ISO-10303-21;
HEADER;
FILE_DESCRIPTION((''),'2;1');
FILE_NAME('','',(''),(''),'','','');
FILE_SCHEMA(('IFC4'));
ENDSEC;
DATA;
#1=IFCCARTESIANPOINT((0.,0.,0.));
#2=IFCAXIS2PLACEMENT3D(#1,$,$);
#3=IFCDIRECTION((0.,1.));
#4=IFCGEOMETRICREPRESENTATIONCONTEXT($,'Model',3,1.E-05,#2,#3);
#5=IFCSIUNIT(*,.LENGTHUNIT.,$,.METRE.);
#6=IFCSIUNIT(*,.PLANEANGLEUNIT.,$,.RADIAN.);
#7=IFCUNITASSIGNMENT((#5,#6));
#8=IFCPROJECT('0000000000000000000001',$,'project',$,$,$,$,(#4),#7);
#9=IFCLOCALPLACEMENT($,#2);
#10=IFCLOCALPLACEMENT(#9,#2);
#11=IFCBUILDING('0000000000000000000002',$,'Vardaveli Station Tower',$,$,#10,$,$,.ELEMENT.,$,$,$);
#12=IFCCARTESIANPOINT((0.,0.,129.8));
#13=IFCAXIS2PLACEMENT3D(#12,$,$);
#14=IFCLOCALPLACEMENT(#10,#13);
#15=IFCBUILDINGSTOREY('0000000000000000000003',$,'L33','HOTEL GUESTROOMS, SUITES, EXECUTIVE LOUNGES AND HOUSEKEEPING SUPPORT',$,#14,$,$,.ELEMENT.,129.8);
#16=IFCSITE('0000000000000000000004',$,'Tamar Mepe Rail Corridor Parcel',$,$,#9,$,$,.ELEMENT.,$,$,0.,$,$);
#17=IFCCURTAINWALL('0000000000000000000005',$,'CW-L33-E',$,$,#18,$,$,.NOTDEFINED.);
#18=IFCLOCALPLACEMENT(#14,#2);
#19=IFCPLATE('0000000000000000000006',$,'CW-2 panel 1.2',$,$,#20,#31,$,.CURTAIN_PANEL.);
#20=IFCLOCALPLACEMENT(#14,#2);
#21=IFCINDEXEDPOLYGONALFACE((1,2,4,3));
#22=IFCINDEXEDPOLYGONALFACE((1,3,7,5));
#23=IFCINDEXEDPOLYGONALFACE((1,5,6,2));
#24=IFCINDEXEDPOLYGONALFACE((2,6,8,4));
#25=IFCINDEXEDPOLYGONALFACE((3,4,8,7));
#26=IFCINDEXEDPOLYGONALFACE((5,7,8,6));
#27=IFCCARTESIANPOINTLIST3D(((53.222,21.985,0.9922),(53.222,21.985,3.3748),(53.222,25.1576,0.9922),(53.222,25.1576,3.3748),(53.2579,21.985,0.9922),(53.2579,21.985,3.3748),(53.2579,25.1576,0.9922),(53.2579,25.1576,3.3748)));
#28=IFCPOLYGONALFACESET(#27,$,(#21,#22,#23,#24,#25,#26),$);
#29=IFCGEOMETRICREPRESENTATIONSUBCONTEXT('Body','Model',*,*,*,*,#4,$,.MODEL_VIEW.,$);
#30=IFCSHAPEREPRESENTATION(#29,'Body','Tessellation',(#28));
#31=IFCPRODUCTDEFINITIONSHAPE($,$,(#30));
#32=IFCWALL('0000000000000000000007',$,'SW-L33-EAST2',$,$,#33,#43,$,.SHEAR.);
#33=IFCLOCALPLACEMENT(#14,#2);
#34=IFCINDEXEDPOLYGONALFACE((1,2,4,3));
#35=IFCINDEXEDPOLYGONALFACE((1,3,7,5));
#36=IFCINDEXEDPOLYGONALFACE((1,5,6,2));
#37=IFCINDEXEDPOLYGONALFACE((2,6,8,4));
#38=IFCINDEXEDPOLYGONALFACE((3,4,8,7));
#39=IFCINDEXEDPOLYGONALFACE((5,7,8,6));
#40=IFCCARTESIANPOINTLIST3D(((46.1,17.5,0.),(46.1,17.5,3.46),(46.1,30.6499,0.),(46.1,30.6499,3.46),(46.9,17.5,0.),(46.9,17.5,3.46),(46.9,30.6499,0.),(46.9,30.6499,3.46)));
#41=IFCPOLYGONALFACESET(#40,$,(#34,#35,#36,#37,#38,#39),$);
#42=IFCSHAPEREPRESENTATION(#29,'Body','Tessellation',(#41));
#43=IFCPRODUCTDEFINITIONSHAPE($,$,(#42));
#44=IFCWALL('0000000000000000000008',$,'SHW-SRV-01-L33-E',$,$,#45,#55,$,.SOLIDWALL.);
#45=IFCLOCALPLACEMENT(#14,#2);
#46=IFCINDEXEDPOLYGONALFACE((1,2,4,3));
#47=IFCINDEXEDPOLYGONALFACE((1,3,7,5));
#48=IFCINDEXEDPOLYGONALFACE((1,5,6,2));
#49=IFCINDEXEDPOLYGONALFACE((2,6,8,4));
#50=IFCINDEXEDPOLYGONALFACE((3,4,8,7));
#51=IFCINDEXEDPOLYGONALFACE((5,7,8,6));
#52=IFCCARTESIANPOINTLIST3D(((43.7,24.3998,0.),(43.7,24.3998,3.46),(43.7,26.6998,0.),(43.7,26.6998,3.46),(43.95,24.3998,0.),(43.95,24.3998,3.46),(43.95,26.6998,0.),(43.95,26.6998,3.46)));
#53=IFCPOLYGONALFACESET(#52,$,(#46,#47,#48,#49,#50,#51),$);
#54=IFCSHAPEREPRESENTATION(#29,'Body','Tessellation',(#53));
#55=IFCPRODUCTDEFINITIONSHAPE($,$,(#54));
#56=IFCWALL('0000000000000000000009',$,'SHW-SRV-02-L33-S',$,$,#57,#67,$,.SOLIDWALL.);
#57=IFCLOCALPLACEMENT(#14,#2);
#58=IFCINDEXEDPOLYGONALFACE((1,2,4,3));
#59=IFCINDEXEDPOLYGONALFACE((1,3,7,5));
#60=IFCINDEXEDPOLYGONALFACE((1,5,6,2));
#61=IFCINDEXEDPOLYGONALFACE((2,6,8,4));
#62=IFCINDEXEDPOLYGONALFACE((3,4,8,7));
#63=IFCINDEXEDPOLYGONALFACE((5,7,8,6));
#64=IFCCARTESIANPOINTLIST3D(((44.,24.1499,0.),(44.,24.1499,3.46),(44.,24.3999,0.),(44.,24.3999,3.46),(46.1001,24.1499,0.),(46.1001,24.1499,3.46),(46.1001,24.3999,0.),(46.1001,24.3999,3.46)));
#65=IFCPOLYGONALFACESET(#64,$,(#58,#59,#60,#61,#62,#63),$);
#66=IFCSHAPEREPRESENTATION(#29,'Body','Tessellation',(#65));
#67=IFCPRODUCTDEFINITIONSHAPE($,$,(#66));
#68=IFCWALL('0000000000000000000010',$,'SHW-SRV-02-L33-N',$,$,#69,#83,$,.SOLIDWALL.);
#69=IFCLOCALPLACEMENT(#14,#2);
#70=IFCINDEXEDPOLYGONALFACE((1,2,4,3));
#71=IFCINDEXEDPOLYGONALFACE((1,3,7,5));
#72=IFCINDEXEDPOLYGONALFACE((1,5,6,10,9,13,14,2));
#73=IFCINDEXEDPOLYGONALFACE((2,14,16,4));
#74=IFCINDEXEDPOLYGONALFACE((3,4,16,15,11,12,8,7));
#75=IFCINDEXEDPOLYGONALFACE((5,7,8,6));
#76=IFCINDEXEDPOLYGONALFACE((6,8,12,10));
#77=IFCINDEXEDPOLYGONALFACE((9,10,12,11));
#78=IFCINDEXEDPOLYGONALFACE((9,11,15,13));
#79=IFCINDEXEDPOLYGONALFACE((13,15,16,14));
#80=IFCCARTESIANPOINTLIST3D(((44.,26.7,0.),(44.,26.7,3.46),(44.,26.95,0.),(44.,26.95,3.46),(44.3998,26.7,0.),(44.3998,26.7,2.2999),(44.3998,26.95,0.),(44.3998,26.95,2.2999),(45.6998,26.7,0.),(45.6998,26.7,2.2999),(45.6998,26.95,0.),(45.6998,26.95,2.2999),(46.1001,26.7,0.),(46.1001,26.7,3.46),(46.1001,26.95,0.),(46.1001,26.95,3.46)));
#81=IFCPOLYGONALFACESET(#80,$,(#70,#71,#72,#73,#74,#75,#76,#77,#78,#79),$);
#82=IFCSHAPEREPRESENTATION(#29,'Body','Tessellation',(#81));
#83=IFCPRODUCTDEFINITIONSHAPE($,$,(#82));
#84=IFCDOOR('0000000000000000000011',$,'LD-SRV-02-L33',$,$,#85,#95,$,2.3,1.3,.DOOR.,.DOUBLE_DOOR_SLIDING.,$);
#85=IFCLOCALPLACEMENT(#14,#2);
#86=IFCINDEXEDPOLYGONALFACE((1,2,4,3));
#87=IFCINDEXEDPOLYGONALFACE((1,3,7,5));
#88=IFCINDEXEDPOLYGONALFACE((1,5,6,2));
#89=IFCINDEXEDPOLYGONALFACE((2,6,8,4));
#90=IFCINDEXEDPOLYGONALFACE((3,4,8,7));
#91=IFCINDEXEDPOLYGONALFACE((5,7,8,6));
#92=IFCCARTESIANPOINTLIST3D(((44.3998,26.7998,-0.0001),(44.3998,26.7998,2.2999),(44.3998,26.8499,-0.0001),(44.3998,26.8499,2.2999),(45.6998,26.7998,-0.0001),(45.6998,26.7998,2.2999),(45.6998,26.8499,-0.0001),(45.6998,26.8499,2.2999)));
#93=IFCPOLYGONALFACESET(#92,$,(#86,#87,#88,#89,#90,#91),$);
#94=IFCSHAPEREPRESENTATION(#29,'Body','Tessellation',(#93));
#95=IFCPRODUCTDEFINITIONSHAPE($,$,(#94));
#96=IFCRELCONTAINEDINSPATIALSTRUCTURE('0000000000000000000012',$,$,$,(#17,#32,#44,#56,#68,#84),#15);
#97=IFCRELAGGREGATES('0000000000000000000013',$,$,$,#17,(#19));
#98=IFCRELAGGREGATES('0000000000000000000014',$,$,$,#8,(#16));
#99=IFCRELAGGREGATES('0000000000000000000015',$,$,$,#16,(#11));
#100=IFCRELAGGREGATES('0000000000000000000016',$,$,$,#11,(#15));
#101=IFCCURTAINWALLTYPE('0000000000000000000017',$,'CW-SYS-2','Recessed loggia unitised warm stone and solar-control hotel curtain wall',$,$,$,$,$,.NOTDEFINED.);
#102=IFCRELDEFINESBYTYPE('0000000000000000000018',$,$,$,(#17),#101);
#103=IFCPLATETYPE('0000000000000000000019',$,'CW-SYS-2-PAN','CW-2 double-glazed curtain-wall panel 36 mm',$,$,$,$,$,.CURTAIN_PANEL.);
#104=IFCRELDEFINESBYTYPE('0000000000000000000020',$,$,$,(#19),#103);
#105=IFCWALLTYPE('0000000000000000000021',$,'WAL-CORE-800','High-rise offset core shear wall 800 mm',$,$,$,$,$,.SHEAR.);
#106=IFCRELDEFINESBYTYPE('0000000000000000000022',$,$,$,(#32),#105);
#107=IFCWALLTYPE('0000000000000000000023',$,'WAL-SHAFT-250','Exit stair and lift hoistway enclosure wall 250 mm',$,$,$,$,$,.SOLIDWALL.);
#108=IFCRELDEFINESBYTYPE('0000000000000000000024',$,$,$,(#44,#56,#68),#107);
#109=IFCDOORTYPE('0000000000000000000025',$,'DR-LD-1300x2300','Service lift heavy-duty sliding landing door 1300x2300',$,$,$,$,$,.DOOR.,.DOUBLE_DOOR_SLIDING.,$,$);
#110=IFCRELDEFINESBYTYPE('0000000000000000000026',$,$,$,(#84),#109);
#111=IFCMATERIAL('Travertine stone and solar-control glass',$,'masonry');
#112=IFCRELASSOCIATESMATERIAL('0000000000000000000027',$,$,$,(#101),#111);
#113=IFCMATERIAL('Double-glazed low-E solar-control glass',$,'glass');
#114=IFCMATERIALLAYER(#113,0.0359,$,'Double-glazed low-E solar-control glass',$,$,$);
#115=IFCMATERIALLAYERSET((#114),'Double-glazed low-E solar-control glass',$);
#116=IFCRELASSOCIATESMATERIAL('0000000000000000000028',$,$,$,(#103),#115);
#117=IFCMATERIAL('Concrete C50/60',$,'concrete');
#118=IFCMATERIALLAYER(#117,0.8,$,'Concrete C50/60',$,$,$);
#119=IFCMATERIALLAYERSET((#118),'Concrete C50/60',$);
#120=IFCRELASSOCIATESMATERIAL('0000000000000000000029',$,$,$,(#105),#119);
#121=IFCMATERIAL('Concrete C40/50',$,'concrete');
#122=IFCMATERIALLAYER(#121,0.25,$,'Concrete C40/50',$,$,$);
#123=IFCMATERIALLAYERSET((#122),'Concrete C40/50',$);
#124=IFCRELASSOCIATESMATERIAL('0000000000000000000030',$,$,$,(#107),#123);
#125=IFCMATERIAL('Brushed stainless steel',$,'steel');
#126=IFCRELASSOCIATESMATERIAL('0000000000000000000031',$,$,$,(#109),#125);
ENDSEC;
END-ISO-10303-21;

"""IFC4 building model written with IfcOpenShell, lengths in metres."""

from ifc_helpers import new_model, si_unit, direction, frame, frame_2d, origin, origin_2d, place, context, subcontext, project, spatial, rectangle, extrude, source, transform, mapped, material, layer, layer_set, type_object, element, fill, aggregate, save


model = new_model("IFC4")

# Units and contexts
model_context = context("Model", 3, precision=1e-05, world=origin(), true_north=direction((0.0, 1.0)))
body_context = subcontext(model_context, "Body", "Model", "MODEL_VIEW")
ifc_project = project(units=[si_unit("LENGTHUNIT", "METRE"), si_unit("PLANEANGLEUNIT", "RADIAN")], contexts=[model_context])

# Site, building, storey
site_placement = place(None, origin())
site = spatial("IfcSite", under=ifc_project, at=site_placement, Name="Tamar Mepe Rail Corridor Parcel", CompositionType="ELEMENT", RefElevation=0.0)
building_placement = place(site_placement, origin())
building = spatial("IfcBuilding", under=site, at=building_placement, Name="Vardaveli Station Tower", CompositionType="ELEMENT")
storey_placement = place(building_placement, frame((0.0, 0.0, 129.8)))
storey = spatial("IfcBuildingStorey", under=building, at=storey_placement, Name="L33", Description="HOTEL GUESTROOMS, SUITES, EXECUTIVE LOUNGES AND HOUSEKEEPING SUPPORT", CompositionType="ELEMENT", Elevation=129.8)

# Curtain wall, plate
ifc_material_1 = material(Name="Travertine stone and solar-control glass", Category="masonry")
curtain_wall_type = type_object("IfcCurtainWallType", Name="CW-SYS-2", Description="Recessed loggia unitised warm stone and solar-control hotel curtain wall", PredefinedType="NOTDEFINED", material=ifc_material_1)
curtain_wall_placement = place(storey_placement, origin())
curtain_wall = element("IfcCurtainWall", 1, at=curtain_wall_placement, inside=storey, type_object=curtain_wall_type, Name="CW-L33-E", PredefinedType="NOTDEFINED")
ifc_material_2 = material(Name="Double-glazed low-E solar-control glass", Category="glass")
ifc_layer_1 = layer(ifc_material_2, 0.0359, Name="Double-glazed low-E solar-control glass")
ifc_layer_set_1 = layer_set([ifc_layer_1], Name="Double-glazed low-E solar-control glass")
plate_type = type_object("IfcPlateType", Name="CW-SYS-2-PAN", Description="CW-2 double-glazed curtain-wall panel 36 mm", PredefinedType="CURTAIN_PANEL", material=ifc_layer_set_1)
shared_shape_1 = source(origin(), body_context, "Body", "SweptSolid", [
    extrude(rectangle(XDim=3.1726, YDim=0.0359, at=origin_2d()), origin(), (0.0, 0.0, 1.0), 2.3826),
])
plate_1_placement = place(storey_placement, frame((53.24, 23.5713, 0.9922), z_axis=(0.0, 0.0, 1.0), x_axis=(0.0, 1.0, 0.0)))
plate_1 = element("IfcPlate", 2, at=plate_1_placement, type_object=plate_type, Name="CW-2 panel 1.2", PredefinedType="CURTAIN_PANEL", context=body_context, shape_type="MappedRepresentation", body=[
    mapped(shared_shape_1, transform((0.0, 0.0, 0.0), scale=1.0)),
])
aggregate(curtain_wall, [plate_1])

# Walls
ifc_material_3 = material(Name="Concrete C50/60", Category="concrete")
ifc_layer_2 = layer(ifc_material_3, 0.8, Name="Concrete C50/60")
ifc_layer_set_2 = layer_set([ifc_layer_2], Name="Concrete C50/60")
wall_type_1 = type_object("IfcWallType", Name="WAL-CORE-800", Description="High-rise offset core shear wall 800 mm", PredefinedType="SHEAR", material=ifc_layer_set_2)
shared_shape_2 = source(origin(), body_context, "Body", "SweptSolid", [
    extrude(rectangle(XDim=13.1499, YDim=0.8, at=frame_2d((6.575, 0.0))), origin(), (0.0, 0.0, 1.0), 3.46),
])
wall_1_placement = place(storey_placement, frame((46.5, 17.5, 0.0), z_axis=(0.0, 0.0, 1.0), x_axis=(0.0, 1.0, 0.0)))
element("IfcWall", 3, at=wall_1_placement, inside=storey, type_object=wall_type_1, Name="SW-L33-EAST2", PredefinedType="SHEAR", context=body_context, shape_type="MappedRepresentation", body=[
    mapped(shared_shape_2, transform((0.0, 0.0, 0.0), scale=1.0)),
])
ifc_material_4 = material(Name="Concrete C40/50", Category="concrete")
ifc_layer_3 = layer(ifc_material_4, 0.25, Name="Concrete C40/50")
ifc_layer_set_3 = layer_set([ifc_layer_3], Name="Concrete C40/50")
wall_type_2 = type_object("IfcWallType", Name="WAL-SHAFT-250", Description="Exit stair and lift hoistway enclosure wall 250 mm", PredefinedType="SOLIDWALL", material=ifc_layer_set_3)
shared_shape_3 = source(origin(), body_context, "Body", "SweptSolid", [
    extrude(rectangle(XDim=2.3, YDim=0.25, at=frame_2d((1.1499, 0.0))), origin(), (0.0, 0.0, 1.0), 3.46),
])
wall_2_placement = place(storey_placement, frame((43.825, 24.3999, 0.0), z_axis=(0.0, 0.0, 1.0), x_axis=(0.0, 1.0, 0.0)))
element("IfcWall", 4, at=wall_2_placement, inside=storey, type_object=wall_type_2, Name="SHW-SRV-01-L33-E", PredefinedType="SOLIDWALL", context=body_context, shape_type="MappedRepresentation", body=[
    mapped(shared_shape_3, transform((0.0, 0.0, 0.0), scale=1.0)),
])
shared_shape_4 = source(origin(), body_context, "Body", "SweptSolid", [
    extrude(rectangle(XDim=2.1001, YDim=0.25, at=frame_2d((1.05, 0.0))), origin(), (0.0, 0.0, 1.0), 3.46),
])
wall_3_placement = place(storey_placement, frame((44.0, 24.2749, 0.0), z_axis=(0.0, 0.0, 1.0), x_axis=(1.0, 0.0, 0.0)))
element("IfcWall", 5, at=wall_3_placement, inside=storey, type_object=wall_type_2, Name="SHW-SRV-02-L33-S", PredefinedType="SOLIDWALL", context=body_context, shape_type="MappedRepresentation", body=[
    mapped(shared_shape_4, transform((0.0, 0.0, 0.0), scale=1.0)),
])

# Wall, opening, door
wall_4_placement = place(storey_placement, frame((44.0, 26.825, 0.0), z_axis=(0.0, 0.0, 1.0), x_axis=(1.0, 0.0, 0.0)))
wall_4 = element("IfcWall", 6, at=wall_4_placement, inside=storey, type_object=wall_type_2, Name="SHW-SRV-02-L33-N", PredefinedType="SOLIDWALL", context=body_context, shape_type="MappedRepresentation", body=[
    mapped(shared_shape_4, transform((0.0, 0.0, 0.0), scale=1.0)),
])
shared_shape_5 = source(origin(), body_context, "Body", "SweptSolid", [
    extrude(rectangle(XDim=1.3, YDim=2.3, at=frame_2d((0.6499, 1.1499))), frame((0.0, 0.135, 0.0), z_axis=(0.0, -1.0, 0.0), x_axis=(1.0, 0.0, 0.0)), (0.0, 0.0, 1.0), 0.27),
])
opening_placement = place(wall_4_placement, frame((0.3999, 0.0, 0.0)))
opening = element("IfcOpeningElement", 7, at=opening_placement, cuts=wall_4, PredefinedType="OPENING", context=body_context, shape_type="MappedRepresentation", body=[
    mapped(shared_shape_5, transform((0.0, 0.0, 0.0), scale=1.0)),
])
ifc_material_5 = material(Name="Brushed stainless steel", Category="steel")
door_type = type_object("IfcDoorType", Name="DR-LD-1300x2300", Description="Service lift heavy-duty sliding landing door 1300x2300", OperationType="DOUBLE_DOOR_SLIDING", PredefinedType="DOOR", material=ifc_material_5)
shared_shape_6 = source(origin(), body_context, "Body", "SweptSolid", [
    extrude(rectangle(XDim=1.3, YDim=2.3, at=frame_2d((0.6499, 1.1499))), frame((0.0, 0.0249, 0.0), z_axis=(0.0, -1.0, 0.0), x_axis=(1.0, 0.0, 0.0)), (0.0, 0.0, 1.0), 0.05),
])
door_placement = place(opening_placement, origin())
door = element("IfcDoor", 8, at=door_placement, inside=storey, type_object=door_type, Name="LD-SRV-02-L33", OperationType="DOUBLE_DOOR_SLIDING", OverallHeight=2.3, OverallWidth=1.3, PredefinedType="DOOR", context=body_context, shape_type="MappedRepresentation", body=[
    mapped(shared_shape_6, transform((0.0, 0.0, 0.0), scale=1.0)),
])
fill(opening, door)

save(model, "model.ifc")
